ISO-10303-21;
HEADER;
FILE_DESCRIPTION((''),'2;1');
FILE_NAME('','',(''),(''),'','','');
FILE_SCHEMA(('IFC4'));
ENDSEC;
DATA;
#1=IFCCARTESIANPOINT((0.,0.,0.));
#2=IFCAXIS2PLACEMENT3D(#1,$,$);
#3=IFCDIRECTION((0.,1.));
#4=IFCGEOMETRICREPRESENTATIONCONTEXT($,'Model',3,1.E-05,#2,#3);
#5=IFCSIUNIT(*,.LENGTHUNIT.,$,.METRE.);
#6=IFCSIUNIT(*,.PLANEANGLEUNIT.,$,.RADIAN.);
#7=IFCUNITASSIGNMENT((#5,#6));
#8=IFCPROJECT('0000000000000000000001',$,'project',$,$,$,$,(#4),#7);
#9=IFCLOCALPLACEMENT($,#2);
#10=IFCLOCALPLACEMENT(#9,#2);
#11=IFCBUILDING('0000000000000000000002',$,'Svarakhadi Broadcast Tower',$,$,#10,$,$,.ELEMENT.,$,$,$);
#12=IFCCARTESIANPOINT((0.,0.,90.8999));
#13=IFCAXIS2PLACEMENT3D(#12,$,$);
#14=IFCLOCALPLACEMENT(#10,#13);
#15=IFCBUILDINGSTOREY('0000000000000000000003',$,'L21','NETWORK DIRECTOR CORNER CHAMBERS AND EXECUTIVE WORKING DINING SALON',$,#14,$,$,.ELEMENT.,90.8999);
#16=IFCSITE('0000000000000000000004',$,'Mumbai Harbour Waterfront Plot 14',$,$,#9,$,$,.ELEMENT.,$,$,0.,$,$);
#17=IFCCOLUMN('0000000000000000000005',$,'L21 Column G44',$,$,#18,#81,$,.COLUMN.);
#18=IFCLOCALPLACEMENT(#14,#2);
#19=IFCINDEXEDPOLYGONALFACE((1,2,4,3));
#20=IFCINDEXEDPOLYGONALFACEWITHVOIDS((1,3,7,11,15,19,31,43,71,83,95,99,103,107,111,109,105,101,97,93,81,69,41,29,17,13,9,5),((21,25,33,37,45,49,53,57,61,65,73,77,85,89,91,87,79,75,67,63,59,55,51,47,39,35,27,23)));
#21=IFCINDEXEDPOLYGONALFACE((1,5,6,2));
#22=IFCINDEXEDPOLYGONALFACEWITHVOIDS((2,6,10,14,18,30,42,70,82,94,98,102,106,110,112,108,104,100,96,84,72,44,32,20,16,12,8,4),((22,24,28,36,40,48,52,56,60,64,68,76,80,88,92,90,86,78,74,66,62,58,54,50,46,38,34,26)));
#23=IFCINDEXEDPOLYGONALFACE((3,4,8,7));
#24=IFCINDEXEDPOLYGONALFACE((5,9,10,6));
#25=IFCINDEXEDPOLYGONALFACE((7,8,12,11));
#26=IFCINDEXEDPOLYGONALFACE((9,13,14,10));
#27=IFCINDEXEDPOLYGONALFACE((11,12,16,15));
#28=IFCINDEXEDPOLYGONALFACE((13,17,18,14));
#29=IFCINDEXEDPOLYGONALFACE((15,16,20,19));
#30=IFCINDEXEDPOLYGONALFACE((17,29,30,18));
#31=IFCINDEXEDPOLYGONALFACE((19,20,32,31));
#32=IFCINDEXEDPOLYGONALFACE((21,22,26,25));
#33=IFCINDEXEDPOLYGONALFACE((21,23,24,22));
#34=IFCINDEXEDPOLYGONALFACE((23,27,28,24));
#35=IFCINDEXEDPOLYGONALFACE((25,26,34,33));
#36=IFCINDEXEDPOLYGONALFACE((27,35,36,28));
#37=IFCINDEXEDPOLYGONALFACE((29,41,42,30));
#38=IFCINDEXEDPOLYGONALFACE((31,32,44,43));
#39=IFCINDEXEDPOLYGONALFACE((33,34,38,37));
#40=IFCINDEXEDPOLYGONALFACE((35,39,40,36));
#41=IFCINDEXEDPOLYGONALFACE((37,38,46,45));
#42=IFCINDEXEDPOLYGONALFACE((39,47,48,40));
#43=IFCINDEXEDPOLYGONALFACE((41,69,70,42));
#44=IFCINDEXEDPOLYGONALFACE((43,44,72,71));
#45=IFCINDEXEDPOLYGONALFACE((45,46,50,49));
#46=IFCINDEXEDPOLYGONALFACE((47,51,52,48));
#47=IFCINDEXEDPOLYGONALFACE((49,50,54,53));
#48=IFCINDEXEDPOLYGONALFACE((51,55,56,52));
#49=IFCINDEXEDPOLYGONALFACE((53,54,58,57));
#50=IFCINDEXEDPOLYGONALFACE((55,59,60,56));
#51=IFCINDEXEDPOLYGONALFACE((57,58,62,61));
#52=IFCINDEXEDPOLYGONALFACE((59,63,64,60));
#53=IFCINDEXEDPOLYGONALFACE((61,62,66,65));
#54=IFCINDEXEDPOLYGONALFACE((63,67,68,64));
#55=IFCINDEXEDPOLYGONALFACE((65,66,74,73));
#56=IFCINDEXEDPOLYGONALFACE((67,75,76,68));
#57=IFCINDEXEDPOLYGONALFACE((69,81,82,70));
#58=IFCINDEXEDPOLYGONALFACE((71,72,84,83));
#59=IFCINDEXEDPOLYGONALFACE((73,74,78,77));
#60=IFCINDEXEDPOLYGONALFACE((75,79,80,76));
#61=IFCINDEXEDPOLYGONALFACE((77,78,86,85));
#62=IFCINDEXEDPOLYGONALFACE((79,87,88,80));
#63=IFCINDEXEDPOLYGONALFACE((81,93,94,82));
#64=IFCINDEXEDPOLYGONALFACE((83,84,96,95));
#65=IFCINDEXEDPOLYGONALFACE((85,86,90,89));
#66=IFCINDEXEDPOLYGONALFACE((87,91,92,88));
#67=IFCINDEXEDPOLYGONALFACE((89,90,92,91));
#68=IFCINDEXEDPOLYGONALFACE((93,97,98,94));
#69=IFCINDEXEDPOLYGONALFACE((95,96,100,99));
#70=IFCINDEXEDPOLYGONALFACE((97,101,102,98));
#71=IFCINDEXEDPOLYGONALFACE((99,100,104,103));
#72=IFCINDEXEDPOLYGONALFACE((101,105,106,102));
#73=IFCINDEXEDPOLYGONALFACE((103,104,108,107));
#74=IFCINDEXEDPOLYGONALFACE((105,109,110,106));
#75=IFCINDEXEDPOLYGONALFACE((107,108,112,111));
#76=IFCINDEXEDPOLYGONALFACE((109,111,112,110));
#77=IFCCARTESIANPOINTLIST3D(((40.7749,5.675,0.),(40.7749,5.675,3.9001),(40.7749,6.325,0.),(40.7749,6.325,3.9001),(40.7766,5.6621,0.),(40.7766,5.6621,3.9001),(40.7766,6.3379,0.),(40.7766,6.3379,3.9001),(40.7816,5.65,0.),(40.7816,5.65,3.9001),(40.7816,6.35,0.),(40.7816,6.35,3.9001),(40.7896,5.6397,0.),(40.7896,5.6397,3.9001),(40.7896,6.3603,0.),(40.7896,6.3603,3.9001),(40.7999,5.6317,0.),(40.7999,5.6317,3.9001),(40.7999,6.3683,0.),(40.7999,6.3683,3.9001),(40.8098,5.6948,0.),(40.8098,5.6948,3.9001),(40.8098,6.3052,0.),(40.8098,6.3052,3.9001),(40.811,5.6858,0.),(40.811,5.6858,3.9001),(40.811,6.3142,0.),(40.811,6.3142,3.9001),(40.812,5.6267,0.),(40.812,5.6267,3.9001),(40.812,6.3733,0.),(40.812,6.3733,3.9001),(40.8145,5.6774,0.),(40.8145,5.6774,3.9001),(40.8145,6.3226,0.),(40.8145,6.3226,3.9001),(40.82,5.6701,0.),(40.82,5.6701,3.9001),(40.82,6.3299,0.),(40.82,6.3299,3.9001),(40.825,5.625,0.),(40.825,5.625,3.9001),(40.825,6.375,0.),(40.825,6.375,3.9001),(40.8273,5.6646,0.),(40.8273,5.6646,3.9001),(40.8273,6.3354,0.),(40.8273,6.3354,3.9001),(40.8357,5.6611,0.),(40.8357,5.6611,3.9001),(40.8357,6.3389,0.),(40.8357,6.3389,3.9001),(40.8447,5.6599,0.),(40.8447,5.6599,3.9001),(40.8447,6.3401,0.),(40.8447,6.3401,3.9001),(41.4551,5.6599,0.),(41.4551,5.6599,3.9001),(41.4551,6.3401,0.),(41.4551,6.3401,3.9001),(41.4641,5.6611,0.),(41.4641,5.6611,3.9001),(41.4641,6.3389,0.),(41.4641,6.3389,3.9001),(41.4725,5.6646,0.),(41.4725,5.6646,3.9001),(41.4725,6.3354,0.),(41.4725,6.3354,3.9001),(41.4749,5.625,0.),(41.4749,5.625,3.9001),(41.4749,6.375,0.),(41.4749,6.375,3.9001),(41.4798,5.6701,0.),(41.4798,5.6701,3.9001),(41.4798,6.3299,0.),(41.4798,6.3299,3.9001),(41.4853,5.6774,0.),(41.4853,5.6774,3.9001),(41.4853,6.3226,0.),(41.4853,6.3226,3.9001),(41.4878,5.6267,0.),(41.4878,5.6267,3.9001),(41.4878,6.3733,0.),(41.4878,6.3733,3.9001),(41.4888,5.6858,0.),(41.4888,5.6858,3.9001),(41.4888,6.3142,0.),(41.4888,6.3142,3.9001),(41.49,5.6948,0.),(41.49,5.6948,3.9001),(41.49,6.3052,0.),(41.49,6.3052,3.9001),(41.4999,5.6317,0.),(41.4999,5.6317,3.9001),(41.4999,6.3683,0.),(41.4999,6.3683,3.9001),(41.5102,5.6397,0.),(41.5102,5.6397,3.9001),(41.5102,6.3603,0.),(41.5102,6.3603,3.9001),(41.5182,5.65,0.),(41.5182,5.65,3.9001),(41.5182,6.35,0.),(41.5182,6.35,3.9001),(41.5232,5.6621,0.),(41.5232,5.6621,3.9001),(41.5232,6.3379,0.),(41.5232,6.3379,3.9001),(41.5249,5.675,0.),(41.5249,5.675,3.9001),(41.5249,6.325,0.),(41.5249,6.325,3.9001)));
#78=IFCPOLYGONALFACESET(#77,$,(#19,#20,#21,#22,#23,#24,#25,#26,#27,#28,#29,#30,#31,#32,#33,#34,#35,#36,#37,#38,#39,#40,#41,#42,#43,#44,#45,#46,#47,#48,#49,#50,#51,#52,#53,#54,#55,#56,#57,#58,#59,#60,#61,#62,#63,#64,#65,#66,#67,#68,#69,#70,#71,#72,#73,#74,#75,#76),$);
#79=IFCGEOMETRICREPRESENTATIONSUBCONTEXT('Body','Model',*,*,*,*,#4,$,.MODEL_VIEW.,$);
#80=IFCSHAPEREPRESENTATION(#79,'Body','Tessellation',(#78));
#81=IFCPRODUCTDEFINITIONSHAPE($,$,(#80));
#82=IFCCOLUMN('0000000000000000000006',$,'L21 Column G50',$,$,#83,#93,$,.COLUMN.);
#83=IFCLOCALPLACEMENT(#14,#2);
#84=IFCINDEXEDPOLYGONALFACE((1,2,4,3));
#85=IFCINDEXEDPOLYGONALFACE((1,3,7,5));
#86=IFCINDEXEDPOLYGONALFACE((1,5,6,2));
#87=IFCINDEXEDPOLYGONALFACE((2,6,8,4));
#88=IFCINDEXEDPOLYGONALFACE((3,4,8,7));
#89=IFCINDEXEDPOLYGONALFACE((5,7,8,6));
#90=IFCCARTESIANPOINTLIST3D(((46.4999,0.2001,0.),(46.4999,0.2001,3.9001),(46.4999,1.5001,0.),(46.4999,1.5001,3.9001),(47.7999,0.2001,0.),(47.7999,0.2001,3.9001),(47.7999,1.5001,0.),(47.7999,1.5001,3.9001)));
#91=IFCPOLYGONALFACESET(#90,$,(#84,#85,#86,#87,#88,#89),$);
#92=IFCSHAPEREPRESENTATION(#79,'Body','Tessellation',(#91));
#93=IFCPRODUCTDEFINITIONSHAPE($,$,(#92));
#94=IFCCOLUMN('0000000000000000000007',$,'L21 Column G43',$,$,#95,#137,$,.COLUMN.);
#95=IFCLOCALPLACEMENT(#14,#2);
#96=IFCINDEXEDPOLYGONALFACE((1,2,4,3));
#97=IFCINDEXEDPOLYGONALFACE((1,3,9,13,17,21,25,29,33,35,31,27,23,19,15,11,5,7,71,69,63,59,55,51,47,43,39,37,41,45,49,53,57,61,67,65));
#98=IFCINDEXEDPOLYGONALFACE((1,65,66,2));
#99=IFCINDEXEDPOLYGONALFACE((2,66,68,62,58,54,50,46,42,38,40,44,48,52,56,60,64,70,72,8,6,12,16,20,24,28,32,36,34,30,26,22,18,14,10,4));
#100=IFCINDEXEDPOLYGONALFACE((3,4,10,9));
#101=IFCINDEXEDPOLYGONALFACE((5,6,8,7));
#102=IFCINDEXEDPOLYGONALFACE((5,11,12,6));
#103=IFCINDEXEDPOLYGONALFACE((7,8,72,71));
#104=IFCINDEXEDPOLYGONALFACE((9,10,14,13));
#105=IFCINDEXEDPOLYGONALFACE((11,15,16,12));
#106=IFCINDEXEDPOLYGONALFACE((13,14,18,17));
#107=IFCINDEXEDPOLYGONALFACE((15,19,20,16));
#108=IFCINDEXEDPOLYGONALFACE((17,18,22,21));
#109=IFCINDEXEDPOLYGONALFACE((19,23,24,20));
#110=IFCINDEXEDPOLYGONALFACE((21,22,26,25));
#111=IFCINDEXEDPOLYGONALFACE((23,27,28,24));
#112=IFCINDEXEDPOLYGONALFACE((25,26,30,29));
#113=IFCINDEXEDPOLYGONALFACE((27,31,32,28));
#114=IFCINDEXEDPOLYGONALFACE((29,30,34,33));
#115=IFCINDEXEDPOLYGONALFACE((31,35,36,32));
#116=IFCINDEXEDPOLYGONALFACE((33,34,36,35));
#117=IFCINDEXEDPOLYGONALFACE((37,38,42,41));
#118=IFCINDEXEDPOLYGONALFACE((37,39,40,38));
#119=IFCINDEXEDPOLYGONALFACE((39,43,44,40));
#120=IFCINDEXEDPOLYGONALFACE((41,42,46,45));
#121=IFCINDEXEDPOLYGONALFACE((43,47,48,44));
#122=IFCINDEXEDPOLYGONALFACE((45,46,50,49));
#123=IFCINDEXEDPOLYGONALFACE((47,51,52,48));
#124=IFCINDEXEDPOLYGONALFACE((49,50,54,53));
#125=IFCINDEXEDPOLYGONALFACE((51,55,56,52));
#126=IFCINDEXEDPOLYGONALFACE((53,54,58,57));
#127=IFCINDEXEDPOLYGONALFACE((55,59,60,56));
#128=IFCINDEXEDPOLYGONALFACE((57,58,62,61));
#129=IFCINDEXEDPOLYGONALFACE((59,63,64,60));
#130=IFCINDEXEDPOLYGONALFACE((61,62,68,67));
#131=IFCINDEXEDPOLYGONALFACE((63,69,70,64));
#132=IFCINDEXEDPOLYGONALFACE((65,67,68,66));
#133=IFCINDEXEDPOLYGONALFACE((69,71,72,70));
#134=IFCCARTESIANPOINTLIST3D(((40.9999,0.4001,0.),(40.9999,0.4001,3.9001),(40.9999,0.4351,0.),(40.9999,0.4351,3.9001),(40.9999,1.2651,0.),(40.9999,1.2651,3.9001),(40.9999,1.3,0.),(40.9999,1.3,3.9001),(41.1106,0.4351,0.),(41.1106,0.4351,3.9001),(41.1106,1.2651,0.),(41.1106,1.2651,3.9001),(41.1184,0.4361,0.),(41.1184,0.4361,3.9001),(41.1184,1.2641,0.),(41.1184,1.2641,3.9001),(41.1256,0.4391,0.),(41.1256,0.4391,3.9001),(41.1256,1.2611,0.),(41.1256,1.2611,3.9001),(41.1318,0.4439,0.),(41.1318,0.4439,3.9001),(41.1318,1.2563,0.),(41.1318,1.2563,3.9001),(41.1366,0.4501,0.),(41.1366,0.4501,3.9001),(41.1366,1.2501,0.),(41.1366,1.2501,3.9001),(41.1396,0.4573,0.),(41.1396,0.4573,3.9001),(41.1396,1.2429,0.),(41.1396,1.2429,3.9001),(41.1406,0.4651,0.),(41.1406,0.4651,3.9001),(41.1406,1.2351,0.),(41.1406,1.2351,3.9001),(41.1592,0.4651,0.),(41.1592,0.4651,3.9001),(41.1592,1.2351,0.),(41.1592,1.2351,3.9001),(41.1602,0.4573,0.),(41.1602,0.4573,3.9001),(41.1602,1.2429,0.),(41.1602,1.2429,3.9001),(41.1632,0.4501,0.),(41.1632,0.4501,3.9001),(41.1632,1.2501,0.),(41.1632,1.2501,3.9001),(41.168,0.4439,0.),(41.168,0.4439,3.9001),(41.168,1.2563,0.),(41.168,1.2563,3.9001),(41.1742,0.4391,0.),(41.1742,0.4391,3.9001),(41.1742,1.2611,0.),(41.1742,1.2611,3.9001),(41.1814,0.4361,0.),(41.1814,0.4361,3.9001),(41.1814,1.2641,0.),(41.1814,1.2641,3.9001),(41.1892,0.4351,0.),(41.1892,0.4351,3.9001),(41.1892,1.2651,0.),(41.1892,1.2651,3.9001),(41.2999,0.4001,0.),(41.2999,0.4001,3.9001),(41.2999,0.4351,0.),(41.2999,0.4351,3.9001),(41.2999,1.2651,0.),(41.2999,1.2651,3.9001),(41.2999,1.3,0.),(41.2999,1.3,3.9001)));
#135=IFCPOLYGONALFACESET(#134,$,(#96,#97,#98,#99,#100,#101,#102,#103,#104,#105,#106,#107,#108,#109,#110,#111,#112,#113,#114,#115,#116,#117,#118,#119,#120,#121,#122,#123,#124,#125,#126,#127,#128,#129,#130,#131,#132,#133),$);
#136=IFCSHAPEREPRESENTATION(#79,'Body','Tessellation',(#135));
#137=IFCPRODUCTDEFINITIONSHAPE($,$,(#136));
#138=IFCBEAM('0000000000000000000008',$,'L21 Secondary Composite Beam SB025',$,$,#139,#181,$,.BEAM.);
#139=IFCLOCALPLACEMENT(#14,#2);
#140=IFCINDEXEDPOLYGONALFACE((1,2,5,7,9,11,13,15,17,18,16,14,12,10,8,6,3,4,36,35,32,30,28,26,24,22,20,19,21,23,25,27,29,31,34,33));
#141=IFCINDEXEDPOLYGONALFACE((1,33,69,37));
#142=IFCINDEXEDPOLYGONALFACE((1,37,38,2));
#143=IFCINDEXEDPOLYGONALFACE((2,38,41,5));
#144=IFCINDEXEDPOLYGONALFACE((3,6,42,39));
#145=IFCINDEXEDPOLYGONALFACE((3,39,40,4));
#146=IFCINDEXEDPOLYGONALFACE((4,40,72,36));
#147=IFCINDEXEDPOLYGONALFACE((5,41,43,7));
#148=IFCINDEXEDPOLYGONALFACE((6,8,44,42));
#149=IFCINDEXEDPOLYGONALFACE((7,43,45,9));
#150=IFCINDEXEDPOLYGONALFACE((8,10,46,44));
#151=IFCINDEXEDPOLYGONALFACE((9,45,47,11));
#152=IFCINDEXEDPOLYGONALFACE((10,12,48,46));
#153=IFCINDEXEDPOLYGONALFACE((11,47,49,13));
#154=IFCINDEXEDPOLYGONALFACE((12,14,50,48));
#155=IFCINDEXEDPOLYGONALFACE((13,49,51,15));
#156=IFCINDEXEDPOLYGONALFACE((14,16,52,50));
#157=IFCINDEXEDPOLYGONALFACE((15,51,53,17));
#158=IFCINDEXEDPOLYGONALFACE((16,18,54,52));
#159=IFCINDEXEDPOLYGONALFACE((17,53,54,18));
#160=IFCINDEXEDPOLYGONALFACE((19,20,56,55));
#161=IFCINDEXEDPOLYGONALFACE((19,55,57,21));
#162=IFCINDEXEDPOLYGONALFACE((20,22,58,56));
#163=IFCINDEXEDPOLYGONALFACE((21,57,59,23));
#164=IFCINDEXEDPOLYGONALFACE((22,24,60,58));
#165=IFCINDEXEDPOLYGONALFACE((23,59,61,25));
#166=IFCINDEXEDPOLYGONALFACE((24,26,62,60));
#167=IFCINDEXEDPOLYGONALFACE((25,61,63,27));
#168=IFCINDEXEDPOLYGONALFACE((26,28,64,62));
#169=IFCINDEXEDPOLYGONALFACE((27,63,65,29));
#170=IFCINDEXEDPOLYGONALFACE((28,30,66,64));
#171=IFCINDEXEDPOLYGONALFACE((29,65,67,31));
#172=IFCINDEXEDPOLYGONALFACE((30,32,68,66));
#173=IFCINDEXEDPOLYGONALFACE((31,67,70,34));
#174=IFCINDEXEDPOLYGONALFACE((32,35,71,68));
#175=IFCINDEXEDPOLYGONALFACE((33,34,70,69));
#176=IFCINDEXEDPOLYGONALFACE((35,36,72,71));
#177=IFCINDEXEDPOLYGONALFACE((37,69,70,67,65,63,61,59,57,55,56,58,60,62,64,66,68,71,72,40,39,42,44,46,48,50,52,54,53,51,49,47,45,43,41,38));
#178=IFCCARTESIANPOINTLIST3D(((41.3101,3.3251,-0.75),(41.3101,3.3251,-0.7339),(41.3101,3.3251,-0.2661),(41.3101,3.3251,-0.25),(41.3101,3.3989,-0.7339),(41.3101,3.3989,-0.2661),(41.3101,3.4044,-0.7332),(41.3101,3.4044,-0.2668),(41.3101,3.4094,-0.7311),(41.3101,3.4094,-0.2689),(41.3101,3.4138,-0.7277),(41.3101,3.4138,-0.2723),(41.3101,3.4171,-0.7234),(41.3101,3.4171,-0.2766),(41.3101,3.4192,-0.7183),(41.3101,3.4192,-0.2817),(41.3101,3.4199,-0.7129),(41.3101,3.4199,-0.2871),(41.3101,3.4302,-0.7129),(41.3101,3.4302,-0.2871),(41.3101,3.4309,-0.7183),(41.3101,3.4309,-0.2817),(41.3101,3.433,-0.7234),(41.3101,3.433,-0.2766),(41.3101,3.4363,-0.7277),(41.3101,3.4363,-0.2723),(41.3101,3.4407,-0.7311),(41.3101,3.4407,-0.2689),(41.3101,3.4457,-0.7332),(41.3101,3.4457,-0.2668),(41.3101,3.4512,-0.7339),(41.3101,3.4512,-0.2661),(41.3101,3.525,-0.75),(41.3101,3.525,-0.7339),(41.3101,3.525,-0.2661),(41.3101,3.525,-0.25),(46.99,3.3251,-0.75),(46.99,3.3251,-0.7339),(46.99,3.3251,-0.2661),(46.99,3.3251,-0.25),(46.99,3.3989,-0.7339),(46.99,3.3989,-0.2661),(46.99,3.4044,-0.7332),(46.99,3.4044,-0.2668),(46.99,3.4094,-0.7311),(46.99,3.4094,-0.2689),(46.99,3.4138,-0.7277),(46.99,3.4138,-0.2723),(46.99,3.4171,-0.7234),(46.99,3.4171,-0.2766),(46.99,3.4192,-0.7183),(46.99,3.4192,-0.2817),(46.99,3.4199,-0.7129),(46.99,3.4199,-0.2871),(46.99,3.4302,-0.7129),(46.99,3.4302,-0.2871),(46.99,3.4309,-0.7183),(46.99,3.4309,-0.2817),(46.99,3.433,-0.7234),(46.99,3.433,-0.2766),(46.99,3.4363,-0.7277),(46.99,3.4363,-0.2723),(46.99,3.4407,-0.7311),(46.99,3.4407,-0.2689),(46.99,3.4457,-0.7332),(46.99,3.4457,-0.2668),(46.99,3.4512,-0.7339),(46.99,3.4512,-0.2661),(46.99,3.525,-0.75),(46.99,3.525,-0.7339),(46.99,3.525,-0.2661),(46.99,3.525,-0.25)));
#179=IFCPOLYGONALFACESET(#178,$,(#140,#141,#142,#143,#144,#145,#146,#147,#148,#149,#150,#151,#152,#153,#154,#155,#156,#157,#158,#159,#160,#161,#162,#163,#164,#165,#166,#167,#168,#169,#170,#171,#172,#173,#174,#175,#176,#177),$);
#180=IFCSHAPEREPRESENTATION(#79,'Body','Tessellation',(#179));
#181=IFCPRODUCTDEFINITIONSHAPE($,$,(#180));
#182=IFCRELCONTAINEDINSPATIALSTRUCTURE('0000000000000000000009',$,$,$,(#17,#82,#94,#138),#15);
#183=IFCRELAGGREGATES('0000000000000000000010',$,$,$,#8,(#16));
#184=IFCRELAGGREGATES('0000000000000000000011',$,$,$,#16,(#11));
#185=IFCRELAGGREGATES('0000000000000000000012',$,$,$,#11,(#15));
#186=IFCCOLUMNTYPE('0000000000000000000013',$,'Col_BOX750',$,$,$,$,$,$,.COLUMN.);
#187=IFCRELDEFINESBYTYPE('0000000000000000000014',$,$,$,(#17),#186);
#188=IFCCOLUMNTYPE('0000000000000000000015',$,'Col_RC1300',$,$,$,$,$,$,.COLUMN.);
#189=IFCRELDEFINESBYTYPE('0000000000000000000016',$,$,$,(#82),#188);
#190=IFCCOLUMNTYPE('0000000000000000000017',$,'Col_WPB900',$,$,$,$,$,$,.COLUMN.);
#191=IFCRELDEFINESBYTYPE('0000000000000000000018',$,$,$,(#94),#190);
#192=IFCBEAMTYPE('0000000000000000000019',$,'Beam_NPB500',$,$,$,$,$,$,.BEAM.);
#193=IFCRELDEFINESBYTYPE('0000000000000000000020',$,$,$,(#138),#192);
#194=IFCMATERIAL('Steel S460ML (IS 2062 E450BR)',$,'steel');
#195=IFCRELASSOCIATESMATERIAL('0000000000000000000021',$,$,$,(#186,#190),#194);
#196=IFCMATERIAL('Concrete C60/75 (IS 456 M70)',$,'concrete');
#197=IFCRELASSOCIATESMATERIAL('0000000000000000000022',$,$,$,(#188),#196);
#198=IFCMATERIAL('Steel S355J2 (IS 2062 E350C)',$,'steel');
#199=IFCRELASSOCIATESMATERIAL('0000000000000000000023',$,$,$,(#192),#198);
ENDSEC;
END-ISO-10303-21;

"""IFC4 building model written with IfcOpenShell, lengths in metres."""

from ifc_helpers import new_model, si_unit, direction, frame, origin, origin_2d, place, context, subcontext, project, spatial, rectangle, hollow_rectangle, i_section, extrude, material, material_profile, profile_set, type_object, element, save


model = new_model("IFC4")

# Units and contexts
model_context = context("Model", 3, precision=1e-05, world=origin(), true_north=direction((0.0, 1.0)))
body_context = subcontext(model_context, "Body", "Model", "MODEL_VIEW")
ifc_project = project(units=[si_unit("LENGTHUNIT", "METRE"), si_unit("PLANEANGLEUNIT", "RADIAN")], contexts=[model_context])

# Site, building, storey
site_placement = place(None, origin())
site = spatial("IfcSite", under=ifc_project, at=site_placement, Name="Mumbai Harbour Waterfront Plot 14", CompositionType="ELEMENT", RefElevation=0.0)
building_placement = place(site_placement, origin())
building = spatial("IfcBuilding", under=site, at=building_placement, Name="Svarakhadi Broadcast Tower", CompositionType="ELEMENT")
storey_placement = place(building_placement, frame((0.0, 0.0, 90.8999)))
storey = spatial("IfcBuildingStorey", under=building, at=storey_placement, Name="L21", Description="NETWORK DIRECTOR CORNER CHAMBERS AND EXECUTIVE WORKING DINING SALON", CompositionType="ELEMENT", Elevation=90.8999)

# Columns
ifc_material_1 = material(Name="Steel S460ML (IS 2062 E450BR)", Category="steel")
ifc_material_profile_1 = material_profile(ifc_material_1, hollow_rectangle(XDim=0.75, YDim=0.75, WallThickness=0.0349, InnerFilletRadius=0.0349, OuterFilletRadius=0.05, at=origin_2d()), Name="BOX 750x750x35")
ifc_profile_set_1 = profile_set([ifc_material_profile_1], Name="Steel S460ML (IS 2062 E450BR)")
column_type_1 = type_object("IfcColumnType", Name="Col_BOX750", PredefinedType="COLUMN", material=ifc_profile_set_1)
column_1_placement = place(storey_placement, frame((41.1499, 6.0, 0.0), z_axis=(0.0, 0.0, 1.0), x_axis=(1.0, 0.0, 0.0)))
element("IfcColumn", 1, at=column_1_placement, inside=storey, type_object=column_type_1, Name="L21 Column G44", PredefinedType="COLUMN", context=body_context, shape_type="SweptSolid", body=[
    extrude(hollow_rectangle(XDim=0.75, YDim=0.75, WallThickness=0.0349, InnerFilletRadius=0.0349, OuterFilletRadius=0.05, at=origin_2d()), origin(), (0.0, 0.0, 1.0), 3.9001),
])
ifc_material_2 = material(Name="Concrete C60/75 (IS 456 M70)", Category="concrete")
ifc_material_profile_2 = material_profile(ifc_material_2, rectangle(XDim=1.3, YDim=1.3, at=origin_2d()), Name="RC 1300x1300")
ifc_profile_set_2 = profile_set([ifc_material_profile_2], Name="Concrete C60/75 (IS 456 M70)")
column_type_2 = type_object("IfcColumnType", Name="Col_RC1300", PredefinedType="COLUMN", material=ifc_profile_set_2)
column_2_placement = place(storey_placement, frame((47.1499, 0.8501, 0.0), z_axis=(0.0, 0.0, 1.0), x_axis=(1.0, 0.0, 0.0)))
element("IfcColumn", 2, at=column_2_placement, inside=storey, type_object=column_type_2, Name="L21 Column G50", PredefinedType="COLUMN", context=body_context, shape_type="SweptSolid", body=[
    extrude(rectangle(XDim=1.3, YDim=1.3, at=origin_2d()), origin(), (0.0, 0.0, 1.0), 3.9001),
])
ifc_material_profile_3 = material_profile(ifc_material_1, i_section(OverallWidth=0.3, OverallDepth=0.8999, WebThickness=0.0186, FlangeThickness=0.0349, FilletRadius=0.03, at=origin_2d()), Name="WPB 900x300x291")
ifc_profile_set_3 = profile_set([ifc_material_profile_3], Name="Steel S460ML (IS 2062 E450BR)")
column_type_3 = type_object("IfcColumnType", Name="Col_WPB900", PredefinedType="COLUMN", material=ifc_profile_set_3)
column_3_placement = place(storey_placement, frame((41.1499, 0.8501, 0.0), z_axis=(0.0, 0.0, 1.0), x_axis=(1.0, 0.0, 0.0)))
element("IfcColumn", 3, at=column_3_placement, inside=storey, type_object=column_type_3, Name="L21 Column G43", PredefinedType="COLUMN", context=body_context, shape_type="SweptSolid", body=[
    extrude(i_section(OverallWidth=0.3, OverallDepth=0.8999, WebThickness=0.0186, FlangeThickness=0.0349, FilletRadius=0.03, at=origin_2d()), origin(), (0.0, 0.0, 1.0), 3.9001),
])

# Beam
ifc_material_3 = material(Name="Steel S355J2 (IS 2062 E350C)", Category="steel")
ifc_material_profile_4 = material_profile(ifc_material_3, i_section(OverallWidth=0.2, OverallDepth=0.5, WebThickness=0.0103, FlangeThickness=0.0161, FilletRadius=0.021, at=origin_2d()), Name="NPB 500x200x91")
ifc_profile_set_4 = profile_set([ifc_material_profile_4], Name="Steel S355J2 (IS 2062 E350C)")
beam_type_1 = type_object("IfcBeamType", Name="Beam_NPB500", PredefinedType="BEAM", material=ifc_profile_set_4)
for number, where, z_axis, x_axis, name in (
    (4, (41.3101, 3.425, -0.5), (1.0, 0.0, 0.0), (0.0, 1.0, 0.0), "L21 Secondary Composite Beam SB025"),
):
    element("IfcBeam", number, at=place(storey_placement, frame(where, z_axis=z_axis, x_axis=x_axis)), inside=storey, type_object=beam_type_1, Name=name, PredefinedType="BEAM", context=body_context, shape_type="SweptSolid", body=[
        extrude(i_section(OverallWidth=0.2, OverallDepth=0.5, WebThickness=0.0103, FlangeThickness=0.0161, FilletRadius=0.021, at=origin_2d()), origin(), (0.0, 0.0, 1.0), 5.6799),
    ])

save(model, "model.ifc")
